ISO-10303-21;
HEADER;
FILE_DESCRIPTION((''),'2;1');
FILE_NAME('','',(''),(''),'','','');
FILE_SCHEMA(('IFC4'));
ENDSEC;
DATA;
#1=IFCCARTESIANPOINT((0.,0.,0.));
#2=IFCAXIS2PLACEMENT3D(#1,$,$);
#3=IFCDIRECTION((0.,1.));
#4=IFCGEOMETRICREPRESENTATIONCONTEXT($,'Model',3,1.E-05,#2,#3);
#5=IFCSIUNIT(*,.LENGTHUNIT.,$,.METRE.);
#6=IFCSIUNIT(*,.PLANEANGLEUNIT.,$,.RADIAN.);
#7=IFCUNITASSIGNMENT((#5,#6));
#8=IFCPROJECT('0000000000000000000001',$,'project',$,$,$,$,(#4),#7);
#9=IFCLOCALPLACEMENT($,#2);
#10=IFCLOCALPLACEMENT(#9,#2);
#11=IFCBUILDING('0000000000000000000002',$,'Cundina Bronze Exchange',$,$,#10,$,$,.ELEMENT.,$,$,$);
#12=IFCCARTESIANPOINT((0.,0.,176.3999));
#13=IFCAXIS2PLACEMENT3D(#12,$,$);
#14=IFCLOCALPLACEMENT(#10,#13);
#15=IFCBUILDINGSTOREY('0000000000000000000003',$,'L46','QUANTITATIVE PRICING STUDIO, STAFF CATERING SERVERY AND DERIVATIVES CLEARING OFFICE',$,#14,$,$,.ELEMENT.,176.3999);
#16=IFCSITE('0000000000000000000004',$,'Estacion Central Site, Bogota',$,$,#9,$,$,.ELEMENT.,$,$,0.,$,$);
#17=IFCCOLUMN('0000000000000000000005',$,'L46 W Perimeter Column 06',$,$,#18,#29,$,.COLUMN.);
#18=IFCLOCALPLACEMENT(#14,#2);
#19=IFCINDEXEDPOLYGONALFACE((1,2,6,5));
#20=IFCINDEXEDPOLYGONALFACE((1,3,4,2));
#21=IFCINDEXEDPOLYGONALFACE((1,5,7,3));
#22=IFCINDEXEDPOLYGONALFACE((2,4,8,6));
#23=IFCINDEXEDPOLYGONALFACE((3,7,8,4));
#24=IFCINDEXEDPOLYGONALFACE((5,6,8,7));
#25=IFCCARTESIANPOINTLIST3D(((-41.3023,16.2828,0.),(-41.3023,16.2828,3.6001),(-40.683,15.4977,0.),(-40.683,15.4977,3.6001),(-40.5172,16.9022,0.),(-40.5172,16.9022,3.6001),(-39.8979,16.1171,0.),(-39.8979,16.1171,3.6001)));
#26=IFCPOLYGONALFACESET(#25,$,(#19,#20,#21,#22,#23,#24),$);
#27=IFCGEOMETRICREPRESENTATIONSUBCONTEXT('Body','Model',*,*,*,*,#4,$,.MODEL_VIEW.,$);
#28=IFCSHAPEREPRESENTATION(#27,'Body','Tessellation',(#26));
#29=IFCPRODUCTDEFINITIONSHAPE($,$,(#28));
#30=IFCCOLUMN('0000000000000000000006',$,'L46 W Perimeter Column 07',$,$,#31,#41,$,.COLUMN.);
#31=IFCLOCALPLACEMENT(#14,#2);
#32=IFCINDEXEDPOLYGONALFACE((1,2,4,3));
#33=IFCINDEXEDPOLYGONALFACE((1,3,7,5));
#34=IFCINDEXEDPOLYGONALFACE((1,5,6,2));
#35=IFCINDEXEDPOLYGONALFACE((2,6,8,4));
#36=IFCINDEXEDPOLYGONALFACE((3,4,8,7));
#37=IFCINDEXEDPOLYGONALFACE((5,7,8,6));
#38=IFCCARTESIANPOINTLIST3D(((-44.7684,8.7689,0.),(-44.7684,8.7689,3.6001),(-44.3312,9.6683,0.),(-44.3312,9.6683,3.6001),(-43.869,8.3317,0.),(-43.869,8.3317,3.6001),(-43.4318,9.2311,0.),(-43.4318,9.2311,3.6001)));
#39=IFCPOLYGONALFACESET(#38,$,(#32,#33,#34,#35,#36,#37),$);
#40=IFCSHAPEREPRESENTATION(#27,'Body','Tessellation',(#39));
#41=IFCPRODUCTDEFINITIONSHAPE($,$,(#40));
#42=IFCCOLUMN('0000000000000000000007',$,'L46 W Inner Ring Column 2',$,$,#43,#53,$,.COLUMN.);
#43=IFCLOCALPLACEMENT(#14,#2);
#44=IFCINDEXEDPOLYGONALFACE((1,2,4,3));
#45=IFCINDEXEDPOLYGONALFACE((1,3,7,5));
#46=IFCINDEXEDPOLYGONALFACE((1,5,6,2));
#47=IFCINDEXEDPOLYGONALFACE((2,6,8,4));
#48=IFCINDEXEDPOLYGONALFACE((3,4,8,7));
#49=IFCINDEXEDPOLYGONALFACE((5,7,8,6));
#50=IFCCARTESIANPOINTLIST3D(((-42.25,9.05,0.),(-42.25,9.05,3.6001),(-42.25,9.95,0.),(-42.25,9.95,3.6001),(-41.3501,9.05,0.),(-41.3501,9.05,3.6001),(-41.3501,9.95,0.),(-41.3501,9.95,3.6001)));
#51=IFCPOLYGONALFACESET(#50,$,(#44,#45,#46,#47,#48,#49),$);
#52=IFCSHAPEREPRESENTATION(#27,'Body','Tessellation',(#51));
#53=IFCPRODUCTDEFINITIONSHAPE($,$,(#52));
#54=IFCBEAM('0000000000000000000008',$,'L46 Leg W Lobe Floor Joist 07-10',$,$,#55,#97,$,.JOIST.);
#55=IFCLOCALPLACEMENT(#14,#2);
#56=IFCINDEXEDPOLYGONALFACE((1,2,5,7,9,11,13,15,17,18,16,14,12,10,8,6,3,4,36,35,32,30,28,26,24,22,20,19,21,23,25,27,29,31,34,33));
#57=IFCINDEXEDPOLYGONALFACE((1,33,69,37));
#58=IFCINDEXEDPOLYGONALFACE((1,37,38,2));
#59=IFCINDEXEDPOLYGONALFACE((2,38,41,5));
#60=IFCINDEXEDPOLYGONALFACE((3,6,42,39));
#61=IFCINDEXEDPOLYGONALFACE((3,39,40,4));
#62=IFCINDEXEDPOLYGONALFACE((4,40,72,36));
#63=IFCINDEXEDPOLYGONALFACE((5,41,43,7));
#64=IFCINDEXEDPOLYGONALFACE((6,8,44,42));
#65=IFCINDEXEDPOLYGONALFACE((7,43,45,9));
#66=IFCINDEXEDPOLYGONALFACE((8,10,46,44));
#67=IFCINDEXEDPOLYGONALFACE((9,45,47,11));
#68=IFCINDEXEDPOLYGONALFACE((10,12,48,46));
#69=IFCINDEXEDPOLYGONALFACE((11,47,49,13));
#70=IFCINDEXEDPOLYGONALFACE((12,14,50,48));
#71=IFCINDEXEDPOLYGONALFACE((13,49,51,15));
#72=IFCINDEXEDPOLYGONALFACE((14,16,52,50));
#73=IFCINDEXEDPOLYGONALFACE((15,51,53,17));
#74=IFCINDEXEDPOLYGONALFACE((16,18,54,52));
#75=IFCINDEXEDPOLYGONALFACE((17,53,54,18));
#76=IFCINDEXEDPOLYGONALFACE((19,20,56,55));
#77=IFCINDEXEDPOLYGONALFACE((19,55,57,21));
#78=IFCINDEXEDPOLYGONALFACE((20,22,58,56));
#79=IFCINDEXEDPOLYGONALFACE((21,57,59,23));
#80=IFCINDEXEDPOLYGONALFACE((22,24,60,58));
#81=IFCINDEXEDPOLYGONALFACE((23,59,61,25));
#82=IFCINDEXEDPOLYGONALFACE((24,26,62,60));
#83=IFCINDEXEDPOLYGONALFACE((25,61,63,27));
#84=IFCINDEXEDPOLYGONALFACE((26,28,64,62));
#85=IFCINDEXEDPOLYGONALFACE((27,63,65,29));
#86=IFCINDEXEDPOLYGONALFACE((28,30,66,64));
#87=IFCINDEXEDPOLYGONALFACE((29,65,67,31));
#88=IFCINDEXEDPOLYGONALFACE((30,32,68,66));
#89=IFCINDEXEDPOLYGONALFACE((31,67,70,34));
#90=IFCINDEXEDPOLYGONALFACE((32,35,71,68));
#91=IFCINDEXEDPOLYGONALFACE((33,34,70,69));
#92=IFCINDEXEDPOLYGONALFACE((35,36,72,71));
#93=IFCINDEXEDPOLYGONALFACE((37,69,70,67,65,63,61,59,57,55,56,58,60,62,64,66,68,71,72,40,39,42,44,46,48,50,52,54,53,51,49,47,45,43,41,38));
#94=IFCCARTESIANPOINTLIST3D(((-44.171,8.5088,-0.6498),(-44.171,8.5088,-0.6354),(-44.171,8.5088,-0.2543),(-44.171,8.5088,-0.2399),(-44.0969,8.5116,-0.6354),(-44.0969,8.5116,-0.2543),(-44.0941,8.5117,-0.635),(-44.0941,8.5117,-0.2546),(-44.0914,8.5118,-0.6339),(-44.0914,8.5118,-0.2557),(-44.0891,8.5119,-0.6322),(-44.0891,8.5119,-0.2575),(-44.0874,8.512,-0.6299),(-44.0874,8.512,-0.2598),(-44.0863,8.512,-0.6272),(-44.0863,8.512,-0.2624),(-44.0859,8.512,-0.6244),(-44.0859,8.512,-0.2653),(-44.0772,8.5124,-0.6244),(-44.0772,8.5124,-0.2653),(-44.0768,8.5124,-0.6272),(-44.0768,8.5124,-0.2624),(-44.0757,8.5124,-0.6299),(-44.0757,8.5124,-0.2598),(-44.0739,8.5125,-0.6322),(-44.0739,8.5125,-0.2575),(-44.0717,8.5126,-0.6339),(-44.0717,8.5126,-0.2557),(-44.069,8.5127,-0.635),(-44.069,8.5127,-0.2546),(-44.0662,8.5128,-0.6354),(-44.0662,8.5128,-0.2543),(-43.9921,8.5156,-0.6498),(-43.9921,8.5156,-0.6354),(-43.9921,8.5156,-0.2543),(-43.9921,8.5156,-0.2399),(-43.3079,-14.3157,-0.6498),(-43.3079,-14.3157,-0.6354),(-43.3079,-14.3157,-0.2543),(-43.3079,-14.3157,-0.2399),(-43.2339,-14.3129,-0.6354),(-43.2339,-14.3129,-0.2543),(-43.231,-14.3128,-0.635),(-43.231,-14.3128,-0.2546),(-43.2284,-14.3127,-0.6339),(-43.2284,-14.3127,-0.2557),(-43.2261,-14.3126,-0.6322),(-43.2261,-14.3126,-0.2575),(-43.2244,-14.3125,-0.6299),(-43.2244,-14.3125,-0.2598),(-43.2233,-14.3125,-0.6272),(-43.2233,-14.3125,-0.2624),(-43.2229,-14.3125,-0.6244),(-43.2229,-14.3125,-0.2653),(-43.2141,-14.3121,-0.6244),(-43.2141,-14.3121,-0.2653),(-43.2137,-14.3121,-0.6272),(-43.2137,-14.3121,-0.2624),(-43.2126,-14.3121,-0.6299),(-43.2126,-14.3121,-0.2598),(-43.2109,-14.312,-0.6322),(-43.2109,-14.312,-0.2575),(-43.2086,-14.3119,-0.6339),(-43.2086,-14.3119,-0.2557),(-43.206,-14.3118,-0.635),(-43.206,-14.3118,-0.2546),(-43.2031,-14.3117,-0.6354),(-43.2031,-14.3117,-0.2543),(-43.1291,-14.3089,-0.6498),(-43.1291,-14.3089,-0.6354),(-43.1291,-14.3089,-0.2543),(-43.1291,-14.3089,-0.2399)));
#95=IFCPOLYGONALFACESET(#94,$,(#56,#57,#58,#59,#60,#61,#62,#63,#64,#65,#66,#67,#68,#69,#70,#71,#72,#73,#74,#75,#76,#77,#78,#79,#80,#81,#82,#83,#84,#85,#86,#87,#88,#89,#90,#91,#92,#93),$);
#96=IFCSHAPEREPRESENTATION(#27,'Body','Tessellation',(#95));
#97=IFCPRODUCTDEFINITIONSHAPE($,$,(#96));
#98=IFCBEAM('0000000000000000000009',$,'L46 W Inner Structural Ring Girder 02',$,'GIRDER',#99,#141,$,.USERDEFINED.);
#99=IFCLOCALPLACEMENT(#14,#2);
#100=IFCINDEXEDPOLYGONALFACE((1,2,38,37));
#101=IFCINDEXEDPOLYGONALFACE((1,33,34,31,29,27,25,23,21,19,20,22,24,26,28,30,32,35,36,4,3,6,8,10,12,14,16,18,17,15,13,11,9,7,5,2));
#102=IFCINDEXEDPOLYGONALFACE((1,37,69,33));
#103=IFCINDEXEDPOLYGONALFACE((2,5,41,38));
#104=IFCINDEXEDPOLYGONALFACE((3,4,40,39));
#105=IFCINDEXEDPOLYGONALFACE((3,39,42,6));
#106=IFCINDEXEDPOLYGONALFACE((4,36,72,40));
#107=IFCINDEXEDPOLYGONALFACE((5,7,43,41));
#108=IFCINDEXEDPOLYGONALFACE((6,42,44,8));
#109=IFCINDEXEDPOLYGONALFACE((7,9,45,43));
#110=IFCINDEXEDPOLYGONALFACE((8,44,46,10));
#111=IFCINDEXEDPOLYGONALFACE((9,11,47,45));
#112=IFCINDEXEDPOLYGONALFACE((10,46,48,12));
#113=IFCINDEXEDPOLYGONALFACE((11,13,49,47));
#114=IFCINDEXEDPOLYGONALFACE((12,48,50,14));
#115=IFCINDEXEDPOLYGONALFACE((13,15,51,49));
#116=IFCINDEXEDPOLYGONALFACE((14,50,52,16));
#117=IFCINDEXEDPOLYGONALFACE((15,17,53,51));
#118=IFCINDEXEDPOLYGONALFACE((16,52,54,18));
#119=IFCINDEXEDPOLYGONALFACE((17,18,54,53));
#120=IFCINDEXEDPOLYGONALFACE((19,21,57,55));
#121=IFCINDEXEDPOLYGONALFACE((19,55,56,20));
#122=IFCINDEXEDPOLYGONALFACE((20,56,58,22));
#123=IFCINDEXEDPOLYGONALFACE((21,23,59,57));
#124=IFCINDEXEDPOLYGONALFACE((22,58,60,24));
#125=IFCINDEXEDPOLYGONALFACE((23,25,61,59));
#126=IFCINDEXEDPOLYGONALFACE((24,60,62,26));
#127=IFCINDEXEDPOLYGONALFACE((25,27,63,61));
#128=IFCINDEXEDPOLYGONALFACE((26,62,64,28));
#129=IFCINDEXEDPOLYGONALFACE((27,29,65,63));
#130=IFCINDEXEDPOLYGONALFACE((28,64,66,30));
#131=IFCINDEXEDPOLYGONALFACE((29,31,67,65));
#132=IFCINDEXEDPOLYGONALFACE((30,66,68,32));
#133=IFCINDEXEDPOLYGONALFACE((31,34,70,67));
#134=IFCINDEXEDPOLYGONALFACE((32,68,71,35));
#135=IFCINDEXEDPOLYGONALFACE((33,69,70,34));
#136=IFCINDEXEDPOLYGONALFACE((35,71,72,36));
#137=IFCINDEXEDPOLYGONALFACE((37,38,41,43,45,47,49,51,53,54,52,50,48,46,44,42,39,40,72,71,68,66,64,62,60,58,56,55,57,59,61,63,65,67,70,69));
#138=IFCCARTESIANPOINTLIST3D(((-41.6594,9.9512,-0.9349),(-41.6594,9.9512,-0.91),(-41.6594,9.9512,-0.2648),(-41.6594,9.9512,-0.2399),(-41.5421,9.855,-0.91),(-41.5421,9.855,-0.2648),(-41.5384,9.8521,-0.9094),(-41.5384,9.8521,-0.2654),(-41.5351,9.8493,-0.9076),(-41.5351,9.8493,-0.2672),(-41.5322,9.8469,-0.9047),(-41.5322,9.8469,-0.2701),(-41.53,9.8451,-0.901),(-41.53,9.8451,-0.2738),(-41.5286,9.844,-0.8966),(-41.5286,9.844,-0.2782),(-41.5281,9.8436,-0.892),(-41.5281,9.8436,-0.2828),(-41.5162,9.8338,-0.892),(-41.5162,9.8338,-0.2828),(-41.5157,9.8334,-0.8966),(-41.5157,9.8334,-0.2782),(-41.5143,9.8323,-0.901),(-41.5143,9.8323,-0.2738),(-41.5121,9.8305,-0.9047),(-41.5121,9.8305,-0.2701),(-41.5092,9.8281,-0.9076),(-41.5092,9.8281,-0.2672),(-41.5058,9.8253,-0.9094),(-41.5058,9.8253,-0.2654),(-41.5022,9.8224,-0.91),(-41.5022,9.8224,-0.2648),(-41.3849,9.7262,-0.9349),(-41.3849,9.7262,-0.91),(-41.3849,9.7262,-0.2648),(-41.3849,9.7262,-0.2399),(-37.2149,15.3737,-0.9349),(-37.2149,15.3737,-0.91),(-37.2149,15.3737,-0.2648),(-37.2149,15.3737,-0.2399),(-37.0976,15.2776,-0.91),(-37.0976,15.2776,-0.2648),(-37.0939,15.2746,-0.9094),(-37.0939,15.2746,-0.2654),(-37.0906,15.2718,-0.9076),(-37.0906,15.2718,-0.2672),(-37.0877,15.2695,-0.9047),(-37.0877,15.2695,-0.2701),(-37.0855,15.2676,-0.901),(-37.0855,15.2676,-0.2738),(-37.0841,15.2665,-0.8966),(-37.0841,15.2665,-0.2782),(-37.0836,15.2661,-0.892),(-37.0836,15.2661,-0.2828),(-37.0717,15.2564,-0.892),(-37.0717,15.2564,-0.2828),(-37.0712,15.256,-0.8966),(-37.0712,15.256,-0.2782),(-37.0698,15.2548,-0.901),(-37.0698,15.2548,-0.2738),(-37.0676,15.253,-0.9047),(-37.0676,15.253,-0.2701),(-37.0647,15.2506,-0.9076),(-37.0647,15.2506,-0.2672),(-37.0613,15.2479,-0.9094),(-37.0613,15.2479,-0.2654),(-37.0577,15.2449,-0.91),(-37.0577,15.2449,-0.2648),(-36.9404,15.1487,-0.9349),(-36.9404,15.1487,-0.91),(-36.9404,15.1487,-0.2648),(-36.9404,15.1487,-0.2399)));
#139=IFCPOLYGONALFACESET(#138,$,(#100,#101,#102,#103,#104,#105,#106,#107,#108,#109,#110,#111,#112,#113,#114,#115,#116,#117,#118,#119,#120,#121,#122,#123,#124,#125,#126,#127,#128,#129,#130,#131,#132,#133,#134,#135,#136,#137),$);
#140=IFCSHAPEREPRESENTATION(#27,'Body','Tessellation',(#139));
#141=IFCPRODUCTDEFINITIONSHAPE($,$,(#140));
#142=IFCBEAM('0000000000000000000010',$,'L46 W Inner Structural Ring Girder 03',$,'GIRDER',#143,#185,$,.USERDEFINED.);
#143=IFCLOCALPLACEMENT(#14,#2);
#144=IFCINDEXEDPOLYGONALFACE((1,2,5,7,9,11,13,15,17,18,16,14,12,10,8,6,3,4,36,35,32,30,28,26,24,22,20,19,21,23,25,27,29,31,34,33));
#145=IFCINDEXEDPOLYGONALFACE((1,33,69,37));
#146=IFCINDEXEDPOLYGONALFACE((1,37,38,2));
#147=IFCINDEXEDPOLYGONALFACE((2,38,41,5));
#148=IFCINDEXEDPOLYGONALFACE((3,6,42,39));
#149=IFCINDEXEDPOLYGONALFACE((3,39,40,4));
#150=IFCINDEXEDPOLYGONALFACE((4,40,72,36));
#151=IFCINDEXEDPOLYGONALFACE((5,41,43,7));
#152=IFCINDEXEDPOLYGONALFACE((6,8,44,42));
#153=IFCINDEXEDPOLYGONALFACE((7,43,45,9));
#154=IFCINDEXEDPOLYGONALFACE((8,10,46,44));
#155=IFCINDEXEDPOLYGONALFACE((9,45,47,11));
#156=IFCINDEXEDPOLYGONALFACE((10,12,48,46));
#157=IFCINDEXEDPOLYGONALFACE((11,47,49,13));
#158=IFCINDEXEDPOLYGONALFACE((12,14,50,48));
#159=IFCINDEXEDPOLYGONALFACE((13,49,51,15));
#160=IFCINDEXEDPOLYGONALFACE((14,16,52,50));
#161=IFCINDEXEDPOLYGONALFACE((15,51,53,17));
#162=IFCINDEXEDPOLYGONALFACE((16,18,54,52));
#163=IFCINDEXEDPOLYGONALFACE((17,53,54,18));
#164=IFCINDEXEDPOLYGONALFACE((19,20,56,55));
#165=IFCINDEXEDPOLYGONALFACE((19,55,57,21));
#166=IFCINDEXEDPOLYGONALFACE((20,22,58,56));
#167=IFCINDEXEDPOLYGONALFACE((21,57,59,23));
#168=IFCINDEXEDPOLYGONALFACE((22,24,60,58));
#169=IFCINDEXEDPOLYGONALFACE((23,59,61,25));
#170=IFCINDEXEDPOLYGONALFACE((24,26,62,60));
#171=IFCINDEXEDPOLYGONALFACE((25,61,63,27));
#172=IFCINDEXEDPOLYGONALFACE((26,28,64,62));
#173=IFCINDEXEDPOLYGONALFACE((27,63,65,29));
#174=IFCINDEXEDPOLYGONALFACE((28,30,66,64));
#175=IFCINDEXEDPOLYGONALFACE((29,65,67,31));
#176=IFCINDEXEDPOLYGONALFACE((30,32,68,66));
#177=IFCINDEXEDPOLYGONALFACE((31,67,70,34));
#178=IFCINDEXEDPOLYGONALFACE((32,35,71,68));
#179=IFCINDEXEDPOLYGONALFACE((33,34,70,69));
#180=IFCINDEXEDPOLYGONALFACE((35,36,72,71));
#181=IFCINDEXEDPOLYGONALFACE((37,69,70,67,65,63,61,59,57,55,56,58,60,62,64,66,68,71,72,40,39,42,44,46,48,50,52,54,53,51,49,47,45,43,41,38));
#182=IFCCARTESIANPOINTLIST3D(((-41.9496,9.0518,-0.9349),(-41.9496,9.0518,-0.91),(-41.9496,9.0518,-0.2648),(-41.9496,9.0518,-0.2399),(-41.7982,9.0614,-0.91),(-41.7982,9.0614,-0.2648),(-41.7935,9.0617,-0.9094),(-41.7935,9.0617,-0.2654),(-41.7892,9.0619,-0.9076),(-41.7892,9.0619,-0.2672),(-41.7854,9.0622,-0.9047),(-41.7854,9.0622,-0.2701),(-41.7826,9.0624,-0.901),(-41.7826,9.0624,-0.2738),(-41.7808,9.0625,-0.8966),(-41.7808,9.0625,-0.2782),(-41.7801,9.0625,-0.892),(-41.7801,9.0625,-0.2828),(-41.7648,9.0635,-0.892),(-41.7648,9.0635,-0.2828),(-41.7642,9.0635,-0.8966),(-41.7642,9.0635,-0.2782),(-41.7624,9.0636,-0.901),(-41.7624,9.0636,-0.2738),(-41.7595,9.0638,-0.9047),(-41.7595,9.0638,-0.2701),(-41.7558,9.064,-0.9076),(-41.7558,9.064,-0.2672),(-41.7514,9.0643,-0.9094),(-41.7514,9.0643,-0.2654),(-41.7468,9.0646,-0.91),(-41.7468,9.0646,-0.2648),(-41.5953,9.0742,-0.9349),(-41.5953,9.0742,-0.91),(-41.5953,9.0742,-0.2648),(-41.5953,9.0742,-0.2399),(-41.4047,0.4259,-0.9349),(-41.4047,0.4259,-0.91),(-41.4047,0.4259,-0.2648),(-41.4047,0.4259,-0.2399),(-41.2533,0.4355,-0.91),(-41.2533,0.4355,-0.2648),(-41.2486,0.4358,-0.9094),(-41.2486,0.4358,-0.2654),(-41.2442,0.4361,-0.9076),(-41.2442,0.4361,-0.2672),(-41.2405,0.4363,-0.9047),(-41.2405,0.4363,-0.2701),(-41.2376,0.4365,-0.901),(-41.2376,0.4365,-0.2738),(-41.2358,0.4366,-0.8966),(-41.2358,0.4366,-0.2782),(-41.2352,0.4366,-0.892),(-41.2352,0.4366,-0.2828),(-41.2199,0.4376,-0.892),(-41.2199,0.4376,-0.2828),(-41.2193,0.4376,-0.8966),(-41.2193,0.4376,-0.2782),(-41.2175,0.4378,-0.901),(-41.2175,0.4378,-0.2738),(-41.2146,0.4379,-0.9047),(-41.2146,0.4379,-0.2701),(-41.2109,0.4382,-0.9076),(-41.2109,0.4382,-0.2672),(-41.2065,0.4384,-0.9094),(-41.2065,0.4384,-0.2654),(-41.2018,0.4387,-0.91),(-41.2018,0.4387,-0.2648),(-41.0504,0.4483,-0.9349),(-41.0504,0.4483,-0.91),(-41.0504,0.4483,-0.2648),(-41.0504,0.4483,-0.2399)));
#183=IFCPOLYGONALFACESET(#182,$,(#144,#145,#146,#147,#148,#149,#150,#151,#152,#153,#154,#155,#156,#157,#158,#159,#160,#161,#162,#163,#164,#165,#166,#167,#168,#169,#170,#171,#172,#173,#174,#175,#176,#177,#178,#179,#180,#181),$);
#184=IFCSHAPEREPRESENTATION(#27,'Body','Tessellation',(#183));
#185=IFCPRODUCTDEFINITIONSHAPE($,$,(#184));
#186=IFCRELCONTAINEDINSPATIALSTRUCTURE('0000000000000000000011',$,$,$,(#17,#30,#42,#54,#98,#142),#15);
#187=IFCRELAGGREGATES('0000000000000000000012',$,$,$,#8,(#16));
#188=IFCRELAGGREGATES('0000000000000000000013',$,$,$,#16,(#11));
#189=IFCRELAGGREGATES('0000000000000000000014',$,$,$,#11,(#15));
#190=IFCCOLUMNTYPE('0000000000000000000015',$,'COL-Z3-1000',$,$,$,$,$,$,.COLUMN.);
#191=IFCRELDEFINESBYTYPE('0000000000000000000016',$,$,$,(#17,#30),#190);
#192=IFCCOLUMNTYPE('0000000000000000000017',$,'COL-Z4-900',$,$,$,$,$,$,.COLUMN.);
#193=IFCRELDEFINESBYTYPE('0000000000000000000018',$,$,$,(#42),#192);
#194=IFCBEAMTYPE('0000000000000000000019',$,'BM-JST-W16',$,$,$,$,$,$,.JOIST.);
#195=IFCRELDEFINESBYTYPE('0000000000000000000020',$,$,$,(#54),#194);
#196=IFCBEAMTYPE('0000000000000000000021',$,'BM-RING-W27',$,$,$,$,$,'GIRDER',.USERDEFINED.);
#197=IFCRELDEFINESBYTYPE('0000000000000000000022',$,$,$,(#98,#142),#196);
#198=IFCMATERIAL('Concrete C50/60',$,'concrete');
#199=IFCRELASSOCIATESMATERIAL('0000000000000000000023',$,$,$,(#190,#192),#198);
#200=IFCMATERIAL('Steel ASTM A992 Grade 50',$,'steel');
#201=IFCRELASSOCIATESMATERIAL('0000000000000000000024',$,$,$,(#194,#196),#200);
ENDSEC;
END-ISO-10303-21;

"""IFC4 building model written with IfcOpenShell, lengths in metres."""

from ifc_helpers import new_model, si_unit, direction, frame, origin, origin_2d, place, context, subcontext, project, spatial, rectangle, i_section, extrude, material, material_profile, profile_set, type_object, element, save


model = new_model("IFC4")

# Units and contexts
model_context = context("Model", 3, precision=1e-05, world=origin(), true_north=direction((0.0, 1.0)))
body_context = subcontext(model_context, "Body", "Model", "MODEL_VIEW")
ifc_project = project(units=[si_unit("LENGTHUNIT", "METRE"), si_unit("PLANEANGLEUNIT", "RADIAN")], contexts=[model_context])

# Site, building, storey
site_placement = place(None, origin())
site = spatial("IfcSite", under=ifc_project, at=site_placement, Name="Estacion Central Site, Bogota", CompositionType="ELEMENT", RefElevation=0.0)
building_placement = place(site_placement, origin())
building = spatial("IfcBuilding", under=site, at=building_placement, Name="Cundina Bronze Exchange", CompositionType="ELEMENT")
storey_placement = place(building_placement, frame((0.0, 0.0, 176.3999)))
storey = spatial("IfcBuildingStorey", under=building, at=storey_placement, Name="L46", Description="QUANTITATIVE PRICING STUDIO, STAFF CATERING SERVERY AND DERIVATIVES CLEARING OFFICE", CompositionType="ELEMENT", Elevation=176.3999)

# Columns
ifc_material_1 = material(Name="Concrete C50/60", Category="concrete")
ifc_material_profile_1 = material_profile(ifc_material_1, rectangle(XDim=1.0, YDim=1.0, at=origin_2d()), Name="RC1000X1000", Category="concrete")
ifc_profile_set_1 = profile_set([ifc_material_profile_1], Name="Concrete C50/60")
column_type_1 = type_object("IfcColumnType", Name="COL-Z3-1000", PredefinedType="COLUMN", material=ifc_profile_set_1)
for number, where, z_axis, x_axis, name in (
    (1, (-40.6001, 16.2, 0.0), (0.0, 0.0, 1.0), (-0.785101, -0.619368, 0.0), "L46 W Perimeter Column 06"),
    (2, (-44.1001, 9.0, 0.0), (0.0, 0.0, 1.0), (-0.437116, -0.899405, 0.0), "L46 W Perimeter Column 07"),
):
    element("IfcColumn", number, at=place(storey_placement, frame(where, z_axis=z_axis, x_axis=x_axis)), inside=storey, type_object=column_type_1, Name=name, PredefinedType="COLUMN", context=body_context, shape_type="SweptSolid", body=[
        extrude(rectangle(XDim=1.0, YDim=1.0, at=origin_2d()), origin(), (0.0, 0.0, 1.0), 3.6001),
    ])
ifc_material_profile_2 = material_profile(ifc_material_1, rectangle(XDim=0.8999, YDim=0.8999, at=origin_2d()), Name="RC900X900", Category="concrete")
ifc_profile_set_2 = profile_set([ifc_material_profile_2], Name="Concrete C50/60")
column_type_2 = type_object("IfcColumnType", Name="COL-Z4-900", PredefinedType="COLUMN", material=ifc_profile_set_2)
column_placement = place(storey_placement, frame((-41.8, 9.5, 0.0), z_axis=(0.0, 0.0, 1.0), x_axis=(1.0, 0.0, 0.0)))
element("IfcColumn", 3, at=column_placement, inside=storey, type_object=column_type_2, Name="L46 W Inner Ring Column 2", PredefinedType="COLUMN", context=body_context, shape_type="SweptSolid", body=[
    extrude(rectangle(XDim=0.8999, YDim=0.8999, at=origin_2d()), origin(), (0.0, 0.0, 1.0), 3.6001),
])

# Beams
ifc_material_2 = material(Name="Steel ASTM A992 Grade 50", Category="steel")
ifc_material_profile_3 = material_profile(ifc_material_2, i_section(OverallWidth=0.179, OverallDepth=0.4099, WebThickness=0.0088, FlangeThickness=0.0144, FilletRadius=0.011, at=origin_2d()), Name="W16X45", Category="steel")
ifc_profile_set_3 = profile_set([ifc_material_profile_3], Name="Steel ASTM A992 Grade 50")
beam_type_1 = type_object("IfcBeamType", Name="BM-JST-W16", PredefinedType="JOIST", material=ifc_profile_set_3)
beam_1_placement = place(storey_placement, frame((-44.0815, 8.5122, -0.4448), z_axis=(0.037785, -0.999286, 0.0), x_axis=(0.999286, 0.037785, 0.0)))
element("IfcBeam", 4, at=beam_1_placement, inside=storey, type_object=beam_type_1, Name="L46 Leg W Lobe Floor Joist 07-10", PredefinedType="JOIST", context=body_context, shape_type="SweptSolid", body=[
    extrude(i_section(OverallWidth=0.179, OverallDepth=0.4099, WebThickness=0.0088, FlangeThickness=0.0144, FilletRadius=0.011, at=origin_2d()), origin(), (0.0, 0.0, 1.0), 22.8408),
])
ifc_material_profile_4 = material_profile(ifc_material_2, i_section(OverallWidth=0.355, OverallDepth=0.6951, WebThickness=0.0154, FlangeThickness=0.0249, FilletRadius=0.0181, at=origin_2d()), Name="W27X146", Category="steel")
ifc_profile_set_4 = profile_set([ifc_material_profile_4], Name="Steel ASTM A992 Grade 50")
beam_type_2 = type_object("IfcBeamType", Name="BM-RING-W27", ElementType="GIRDER", PredefinedType="USERDEFINED", material=ifc_profile_set_4)
beam_2_placement = place(storey_placement, frame((-37.0776, 15.2612, -0.5874), z_axis=(-0.633913, -0.773405, 0.0), x_axis=(0.773405, -0.633913, 0.0)))
element("IfcBeam", 5, at=beam_2_placement, inside=storey, type_object=beam_type_2, Name="L46 W Inner Structural Ring Girder 02", ObjectType="GIRDER", PredefinedType="USERDEFINED", context=body_context, shape_type="SweptSolid", body=[
    extrude(i_section(OverallWidth=0.355, OverallDepth=0.6951, WebThickness=0.0154, FlangeThickness=0.0249, FilletRadius=0.0181, at=origin_2d()), origin(), (0.0, 0.0, 1.0), 7.0112),
])
beam_3_placement = place(storey_placement, frame((-41.7725, 9.063, -0.5874), z_axis=(0.063047, -0.998011, 0.0), x_axis=(0.998011, 0.063047, 0.0)))
element("IfcBeam", 6, at=beam_3_placement, inside=storey, type_object=beam_type_2, Name="L46 W Inner Structural Ring Girder 03", ObjectType="GIRDER", PredefinedType="USERDEFINED", context=body_context, shape_type="SweptSolid", body=[
    extrude(i_section(OverallWidth=0.355, OverallDepth=0.6951, WebThickness=0.0154, FlangeThickness=0.0249, FilletRadius=0.0181, at=origin_2d()), origin(), (0.0, 0.0, 1.0), 8.6431),
])

save(model, "model.ifc")
